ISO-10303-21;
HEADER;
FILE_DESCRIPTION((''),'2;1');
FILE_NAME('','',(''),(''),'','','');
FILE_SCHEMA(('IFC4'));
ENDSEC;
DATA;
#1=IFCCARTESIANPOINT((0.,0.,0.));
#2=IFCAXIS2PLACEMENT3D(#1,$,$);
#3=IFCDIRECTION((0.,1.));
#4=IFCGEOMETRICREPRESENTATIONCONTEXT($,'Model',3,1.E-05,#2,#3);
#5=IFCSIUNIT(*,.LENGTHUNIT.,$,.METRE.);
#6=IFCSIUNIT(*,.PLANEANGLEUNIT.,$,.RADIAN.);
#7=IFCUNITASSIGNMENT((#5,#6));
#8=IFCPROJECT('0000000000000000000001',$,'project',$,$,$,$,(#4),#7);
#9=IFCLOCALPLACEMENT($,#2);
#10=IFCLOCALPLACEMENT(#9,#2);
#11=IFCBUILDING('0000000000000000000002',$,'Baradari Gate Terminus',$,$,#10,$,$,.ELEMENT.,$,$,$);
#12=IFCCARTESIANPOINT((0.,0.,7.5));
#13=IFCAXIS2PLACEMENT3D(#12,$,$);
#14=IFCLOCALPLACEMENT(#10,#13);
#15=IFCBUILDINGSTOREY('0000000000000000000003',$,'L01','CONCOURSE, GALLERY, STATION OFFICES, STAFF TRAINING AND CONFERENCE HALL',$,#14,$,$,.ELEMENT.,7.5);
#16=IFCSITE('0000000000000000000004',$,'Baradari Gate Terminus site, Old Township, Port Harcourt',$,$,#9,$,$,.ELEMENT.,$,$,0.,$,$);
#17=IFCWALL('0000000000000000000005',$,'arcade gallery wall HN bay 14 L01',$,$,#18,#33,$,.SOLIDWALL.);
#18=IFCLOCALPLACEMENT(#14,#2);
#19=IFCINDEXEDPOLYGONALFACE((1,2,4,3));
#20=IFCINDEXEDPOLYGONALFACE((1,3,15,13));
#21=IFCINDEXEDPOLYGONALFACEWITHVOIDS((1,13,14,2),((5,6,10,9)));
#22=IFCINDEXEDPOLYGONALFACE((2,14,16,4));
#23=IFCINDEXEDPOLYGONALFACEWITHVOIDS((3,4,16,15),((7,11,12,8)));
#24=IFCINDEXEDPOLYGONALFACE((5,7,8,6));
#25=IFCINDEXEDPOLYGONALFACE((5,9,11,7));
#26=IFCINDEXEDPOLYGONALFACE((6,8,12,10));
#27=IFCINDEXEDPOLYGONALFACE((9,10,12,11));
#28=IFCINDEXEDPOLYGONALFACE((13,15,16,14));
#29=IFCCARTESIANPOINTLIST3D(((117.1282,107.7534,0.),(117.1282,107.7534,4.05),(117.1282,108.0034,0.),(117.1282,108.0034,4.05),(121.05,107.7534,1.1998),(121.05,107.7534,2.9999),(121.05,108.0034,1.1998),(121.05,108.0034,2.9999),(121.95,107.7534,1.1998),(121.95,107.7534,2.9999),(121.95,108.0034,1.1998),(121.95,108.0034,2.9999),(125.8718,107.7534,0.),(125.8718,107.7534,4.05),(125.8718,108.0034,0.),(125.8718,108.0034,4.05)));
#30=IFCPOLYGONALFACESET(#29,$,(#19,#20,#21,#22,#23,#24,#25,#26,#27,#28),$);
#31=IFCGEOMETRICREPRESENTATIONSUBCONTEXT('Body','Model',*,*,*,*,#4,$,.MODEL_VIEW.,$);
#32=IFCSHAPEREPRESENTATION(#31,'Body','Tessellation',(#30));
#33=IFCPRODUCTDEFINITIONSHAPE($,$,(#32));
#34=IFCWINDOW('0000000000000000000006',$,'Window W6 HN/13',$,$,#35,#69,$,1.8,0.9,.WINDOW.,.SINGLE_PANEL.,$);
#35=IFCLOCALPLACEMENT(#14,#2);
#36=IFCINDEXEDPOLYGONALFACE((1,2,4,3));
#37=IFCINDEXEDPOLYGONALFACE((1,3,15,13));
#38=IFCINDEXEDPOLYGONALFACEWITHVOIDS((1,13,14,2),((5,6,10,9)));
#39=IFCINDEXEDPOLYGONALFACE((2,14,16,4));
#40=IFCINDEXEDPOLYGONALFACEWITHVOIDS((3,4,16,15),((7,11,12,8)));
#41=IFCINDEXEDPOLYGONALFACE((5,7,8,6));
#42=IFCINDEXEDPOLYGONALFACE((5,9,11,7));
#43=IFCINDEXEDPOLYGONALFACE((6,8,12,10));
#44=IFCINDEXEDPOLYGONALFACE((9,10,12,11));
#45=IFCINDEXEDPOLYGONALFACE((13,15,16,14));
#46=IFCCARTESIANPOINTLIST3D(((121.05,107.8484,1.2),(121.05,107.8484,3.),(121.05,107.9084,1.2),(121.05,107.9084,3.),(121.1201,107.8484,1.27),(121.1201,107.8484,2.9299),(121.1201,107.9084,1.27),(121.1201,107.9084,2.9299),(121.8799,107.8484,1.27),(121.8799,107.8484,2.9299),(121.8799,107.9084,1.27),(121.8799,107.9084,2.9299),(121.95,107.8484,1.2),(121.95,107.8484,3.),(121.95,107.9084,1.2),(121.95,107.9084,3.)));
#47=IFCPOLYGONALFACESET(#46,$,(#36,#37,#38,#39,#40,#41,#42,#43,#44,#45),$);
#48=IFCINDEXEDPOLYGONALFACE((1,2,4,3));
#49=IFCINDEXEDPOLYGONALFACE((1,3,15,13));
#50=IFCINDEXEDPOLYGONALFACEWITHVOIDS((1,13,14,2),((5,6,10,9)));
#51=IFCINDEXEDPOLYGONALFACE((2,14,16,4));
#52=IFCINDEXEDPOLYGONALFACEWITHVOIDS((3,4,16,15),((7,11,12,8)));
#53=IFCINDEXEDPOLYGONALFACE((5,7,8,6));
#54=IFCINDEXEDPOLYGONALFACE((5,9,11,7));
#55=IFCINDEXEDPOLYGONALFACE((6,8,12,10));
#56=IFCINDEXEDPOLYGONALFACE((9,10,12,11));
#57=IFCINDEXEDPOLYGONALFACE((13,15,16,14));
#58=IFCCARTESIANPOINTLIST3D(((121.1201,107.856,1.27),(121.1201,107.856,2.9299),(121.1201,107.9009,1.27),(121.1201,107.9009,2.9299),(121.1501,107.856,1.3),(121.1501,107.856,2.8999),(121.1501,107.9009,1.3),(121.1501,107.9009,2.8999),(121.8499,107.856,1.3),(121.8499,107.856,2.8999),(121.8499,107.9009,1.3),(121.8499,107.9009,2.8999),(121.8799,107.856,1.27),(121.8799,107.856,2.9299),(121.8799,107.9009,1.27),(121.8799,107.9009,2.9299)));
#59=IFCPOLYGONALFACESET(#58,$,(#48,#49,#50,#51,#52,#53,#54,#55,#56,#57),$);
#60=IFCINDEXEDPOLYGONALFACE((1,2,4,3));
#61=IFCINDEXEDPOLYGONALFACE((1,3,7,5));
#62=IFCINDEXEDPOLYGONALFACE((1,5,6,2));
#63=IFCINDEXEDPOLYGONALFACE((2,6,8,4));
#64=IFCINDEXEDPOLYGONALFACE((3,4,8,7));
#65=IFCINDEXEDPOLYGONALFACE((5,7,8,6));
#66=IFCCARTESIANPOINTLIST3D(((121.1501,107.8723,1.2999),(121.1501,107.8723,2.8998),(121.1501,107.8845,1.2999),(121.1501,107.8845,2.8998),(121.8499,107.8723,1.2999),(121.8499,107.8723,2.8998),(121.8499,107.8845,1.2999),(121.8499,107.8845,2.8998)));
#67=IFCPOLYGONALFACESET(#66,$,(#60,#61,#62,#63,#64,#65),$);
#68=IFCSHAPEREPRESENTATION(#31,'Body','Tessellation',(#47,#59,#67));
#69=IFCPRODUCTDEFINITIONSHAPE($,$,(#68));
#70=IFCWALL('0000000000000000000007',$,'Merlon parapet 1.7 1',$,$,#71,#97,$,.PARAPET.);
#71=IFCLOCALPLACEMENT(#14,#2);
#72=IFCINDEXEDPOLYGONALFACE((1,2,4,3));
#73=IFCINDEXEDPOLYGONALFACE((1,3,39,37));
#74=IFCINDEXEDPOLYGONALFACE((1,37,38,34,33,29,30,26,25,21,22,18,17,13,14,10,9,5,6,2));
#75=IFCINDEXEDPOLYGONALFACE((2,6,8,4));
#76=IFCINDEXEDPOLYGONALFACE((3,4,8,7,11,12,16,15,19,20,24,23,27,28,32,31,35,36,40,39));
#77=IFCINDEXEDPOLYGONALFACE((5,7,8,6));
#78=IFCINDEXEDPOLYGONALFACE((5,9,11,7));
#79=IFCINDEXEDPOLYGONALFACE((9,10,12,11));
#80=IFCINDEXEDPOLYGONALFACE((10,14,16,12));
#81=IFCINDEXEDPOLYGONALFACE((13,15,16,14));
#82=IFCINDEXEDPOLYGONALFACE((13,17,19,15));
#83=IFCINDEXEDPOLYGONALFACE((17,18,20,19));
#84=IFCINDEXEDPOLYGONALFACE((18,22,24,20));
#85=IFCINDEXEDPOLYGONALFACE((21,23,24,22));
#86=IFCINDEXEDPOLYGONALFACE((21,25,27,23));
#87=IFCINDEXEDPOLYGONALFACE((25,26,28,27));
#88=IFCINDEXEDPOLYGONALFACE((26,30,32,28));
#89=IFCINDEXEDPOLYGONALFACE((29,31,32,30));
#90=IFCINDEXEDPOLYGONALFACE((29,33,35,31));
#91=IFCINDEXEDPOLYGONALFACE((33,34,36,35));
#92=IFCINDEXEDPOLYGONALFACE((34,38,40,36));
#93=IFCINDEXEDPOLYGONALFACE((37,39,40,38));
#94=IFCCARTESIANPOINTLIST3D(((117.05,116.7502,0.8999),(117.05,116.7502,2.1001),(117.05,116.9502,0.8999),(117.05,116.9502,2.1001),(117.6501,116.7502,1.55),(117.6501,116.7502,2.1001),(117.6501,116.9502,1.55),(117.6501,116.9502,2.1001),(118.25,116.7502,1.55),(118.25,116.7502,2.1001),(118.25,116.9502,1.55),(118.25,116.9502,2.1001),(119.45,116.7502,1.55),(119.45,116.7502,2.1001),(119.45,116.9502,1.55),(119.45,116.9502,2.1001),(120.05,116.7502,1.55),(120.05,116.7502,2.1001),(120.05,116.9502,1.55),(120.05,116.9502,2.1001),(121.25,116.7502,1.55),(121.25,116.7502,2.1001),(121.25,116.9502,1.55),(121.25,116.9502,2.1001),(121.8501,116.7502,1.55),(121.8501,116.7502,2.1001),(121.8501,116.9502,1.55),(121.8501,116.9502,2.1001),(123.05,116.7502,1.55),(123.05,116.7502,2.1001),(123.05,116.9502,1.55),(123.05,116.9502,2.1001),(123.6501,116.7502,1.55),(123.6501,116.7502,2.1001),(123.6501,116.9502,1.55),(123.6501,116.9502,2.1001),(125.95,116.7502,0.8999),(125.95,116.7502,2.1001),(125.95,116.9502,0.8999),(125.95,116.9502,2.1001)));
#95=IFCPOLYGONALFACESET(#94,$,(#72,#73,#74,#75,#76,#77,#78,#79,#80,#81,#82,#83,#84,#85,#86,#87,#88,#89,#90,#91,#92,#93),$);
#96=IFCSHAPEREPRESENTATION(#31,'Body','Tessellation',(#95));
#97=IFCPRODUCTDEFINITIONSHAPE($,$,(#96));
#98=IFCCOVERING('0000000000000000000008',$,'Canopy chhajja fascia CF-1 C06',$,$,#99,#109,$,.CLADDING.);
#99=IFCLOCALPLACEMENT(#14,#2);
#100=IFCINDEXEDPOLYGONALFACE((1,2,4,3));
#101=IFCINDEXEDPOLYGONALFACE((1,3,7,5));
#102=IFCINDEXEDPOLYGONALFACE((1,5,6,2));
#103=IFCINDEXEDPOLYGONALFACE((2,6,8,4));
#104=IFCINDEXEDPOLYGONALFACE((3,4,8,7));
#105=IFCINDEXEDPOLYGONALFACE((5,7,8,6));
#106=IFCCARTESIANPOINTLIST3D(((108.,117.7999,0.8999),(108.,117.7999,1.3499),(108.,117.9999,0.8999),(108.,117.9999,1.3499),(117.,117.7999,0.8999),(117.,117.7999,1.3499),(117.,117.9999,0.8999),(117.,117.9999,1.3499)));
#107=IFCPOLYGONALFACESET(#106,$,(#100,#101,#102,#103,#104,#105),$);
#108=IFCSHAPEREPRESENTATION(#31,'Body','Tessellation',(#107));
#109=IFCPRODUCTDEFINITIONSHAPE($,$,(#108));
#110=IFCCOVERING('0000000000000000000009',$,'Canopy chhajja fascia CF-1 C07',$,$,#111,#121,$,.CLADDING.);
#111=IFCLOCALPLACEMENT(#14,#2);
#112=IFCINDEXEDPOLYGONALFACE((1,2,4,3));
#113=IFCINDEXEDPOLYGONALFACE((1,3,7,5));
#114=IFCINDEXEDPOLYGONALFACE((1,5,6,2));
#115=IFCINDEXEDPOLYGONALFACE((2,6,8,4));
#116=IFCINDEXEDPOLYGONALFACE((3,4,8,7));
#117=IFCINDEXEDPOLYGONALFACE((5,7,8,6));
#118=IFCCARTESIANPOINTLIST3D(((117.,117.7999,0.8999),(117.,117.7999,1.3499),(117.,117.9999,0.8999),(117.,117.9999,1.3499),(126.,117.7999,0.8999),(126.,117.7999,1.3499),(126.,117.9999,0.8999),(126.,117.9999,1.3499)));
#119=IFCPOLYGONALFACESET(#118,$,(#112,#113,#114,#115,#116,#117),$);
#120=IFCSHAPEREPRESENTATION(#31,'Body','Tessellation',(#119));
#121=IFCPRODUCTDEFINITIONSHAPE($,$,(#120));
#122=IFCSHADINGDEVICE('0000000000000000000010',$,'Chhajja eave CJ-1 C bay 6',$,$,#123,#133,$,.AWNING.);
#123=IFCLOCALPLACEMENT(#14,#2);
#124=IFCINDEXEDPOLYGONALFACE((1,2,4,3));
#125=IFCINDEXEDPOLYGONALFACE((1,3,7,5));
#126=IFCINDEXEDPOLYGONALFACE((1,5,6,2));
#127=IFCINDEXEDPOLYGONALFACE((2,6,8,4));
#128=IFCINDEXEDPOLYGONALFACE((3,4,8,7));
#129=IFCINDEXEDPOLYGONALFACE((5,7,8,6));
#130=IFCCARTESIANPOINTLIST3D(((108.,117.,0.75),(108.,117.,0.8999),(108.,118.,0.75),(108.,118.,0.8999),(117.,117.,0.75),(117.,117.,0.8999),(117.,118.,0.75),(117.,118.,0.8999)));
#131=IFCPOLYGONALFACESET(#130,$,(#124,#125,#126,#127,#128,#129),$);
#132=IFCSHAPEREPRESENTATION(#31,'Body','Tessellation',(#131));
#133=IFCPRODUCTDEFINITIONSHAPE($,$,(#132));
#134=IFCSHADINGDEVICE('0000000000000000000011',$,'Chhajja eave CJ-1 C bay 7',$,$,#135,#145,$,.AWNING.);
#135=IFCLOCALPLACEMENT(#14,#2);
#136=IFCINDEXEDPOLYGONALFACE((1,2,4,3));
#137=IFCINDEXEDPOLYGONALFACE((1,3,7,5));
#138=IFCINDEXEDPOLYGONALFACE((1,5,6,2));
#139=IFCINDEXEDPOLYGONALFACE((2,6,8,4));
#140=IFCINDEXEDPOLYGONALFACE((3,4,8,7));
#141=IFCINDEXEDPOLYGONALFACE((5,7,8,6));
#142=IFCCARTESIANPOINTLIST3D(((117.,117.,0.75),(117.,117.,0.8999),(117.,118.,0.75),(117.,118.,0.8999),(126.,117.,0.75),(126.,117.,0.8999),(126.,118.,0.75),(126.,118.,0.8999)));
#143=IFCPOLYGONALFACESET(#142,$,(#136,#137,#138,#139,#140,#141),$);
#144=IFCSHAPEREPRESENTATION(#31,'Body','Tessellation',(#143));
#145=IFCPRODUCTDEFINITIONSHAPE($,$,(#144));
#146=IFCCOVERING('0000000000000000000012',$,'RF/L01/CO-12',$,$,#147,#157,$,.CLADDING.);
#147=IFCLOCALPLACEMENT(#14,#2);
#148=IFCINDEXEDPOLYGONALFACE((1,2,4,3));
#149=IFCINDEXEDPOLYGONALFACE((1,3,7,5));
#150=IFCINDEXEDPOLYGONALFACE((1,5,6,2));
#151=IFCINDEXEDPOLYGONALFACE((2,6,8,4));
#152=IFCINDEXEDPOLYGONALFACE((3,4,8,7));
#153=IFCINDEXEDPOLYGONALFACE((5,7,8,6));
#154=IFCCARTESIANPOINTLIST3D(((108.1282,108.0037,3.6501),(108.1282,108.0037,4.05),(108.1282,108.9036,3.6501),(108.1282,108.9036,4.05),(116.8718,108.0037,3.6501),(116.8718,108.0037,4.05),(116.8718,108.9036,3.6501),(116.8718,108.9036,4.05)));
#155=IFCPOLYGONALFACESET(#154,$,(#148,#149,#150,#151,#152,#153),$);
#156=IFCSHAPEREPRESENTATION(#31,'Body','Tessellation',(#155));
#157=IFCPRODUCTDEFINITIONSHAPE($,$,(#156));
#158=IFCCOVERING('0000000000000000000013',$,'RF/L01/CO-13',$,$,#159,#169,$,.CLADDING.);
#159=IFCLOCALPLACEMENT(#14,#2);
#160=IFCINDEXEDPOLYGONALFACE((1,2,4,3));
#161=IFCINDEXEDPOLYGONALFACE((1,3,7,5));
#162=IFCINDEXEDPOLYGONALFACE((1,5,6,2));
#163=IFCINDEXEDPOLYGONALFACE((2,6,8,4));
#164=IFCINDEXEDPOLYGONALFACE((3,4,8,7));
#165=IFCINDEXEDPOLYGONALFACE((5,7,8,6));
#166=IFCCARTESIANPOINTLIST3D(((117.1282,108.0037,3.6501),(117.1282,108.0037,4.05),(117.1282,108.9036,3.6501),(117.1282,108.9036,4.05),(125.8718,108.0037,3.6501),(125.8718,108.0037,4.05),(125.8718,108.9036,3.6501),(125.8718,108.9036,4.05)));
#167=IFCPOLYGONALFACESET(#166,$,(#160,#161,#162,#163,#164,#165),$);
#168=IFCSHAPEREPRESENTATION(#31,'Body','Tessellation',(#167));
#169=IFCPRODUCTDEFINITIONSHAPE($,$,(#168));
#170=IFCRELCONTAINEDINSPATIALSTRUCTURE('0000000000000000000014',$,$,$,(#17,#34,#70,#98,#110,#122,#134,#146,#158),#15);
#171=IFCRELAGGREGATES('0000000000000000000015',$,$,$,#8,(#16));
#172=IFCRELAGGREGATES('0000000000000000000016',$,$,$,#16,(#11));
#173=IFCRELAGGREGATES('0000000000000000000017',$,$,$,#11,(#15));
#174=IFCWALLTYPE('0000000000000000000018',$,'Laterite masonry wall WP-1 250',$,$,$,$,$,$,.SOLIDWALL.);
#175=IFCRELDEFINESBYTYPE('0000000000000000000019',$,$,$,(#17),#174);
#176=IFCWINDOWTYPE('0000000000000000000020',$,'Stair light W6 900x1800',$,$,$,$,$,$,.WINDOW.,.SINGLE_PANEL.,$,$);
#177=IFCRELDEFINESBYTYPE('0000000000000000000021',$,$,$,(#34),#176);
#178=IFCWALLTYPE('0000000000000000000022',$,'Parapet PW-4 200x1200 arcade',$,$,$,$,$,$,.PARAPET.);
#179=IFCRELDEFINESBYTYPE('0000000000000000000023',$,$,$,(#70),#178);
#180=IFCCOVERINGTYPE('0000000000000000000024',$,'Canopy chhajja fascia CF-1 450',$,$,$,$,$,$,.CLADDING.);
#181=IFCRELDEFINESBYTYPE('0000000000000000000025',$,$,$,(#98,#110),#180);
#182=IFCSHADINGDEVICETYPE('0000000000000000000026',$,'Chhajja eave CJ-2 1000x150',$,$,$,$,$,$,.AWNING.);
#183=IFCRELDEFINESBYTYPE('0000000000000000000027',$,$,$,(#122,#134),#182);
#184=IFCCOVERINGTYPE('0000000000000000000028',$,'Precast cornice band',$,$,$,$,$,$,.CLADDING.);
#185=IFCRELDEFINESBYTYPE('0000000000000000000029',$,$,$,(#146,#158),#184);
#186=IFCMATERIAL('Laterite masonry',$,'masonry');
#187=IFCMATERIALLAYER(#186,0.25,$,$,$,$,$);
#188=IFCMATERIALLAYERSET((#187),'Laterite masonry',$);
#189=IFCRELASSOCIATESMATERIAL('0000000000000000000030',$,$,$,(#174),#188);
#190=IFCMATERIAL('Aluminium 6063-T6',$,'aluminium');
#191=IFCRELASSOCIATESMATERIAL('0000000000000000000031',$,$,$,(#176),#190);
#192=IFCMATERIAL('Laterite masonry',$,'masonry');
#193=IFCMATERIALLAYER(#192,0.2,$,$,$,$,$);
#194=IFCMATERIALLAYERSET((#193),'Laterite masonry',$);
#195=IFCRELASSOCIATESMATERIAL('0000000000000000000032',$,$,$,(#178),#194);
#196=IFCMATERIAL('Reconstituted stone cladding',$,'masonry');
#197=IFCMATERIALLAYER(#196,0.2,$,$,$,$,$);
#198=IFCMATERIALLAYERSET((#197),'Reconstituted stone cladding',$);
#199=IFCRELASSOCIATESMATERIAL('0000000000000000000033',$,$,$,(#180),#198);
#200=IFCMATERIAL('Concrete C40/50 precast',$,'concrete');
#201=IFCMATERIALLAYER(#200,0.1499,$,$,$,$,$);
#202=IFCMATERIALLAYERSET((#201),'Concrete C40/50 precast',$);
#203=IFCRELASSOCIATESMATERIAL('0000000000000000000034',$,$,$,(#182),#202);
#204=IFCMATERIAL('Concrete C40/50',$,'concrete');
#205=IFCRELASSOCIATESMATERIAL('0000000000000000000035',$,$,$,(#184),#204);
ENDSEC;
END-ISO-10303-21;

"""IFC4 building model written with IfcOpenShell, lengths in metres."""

from ifc_helpers import new_model, si_unit, direction, frame, frame_2d, origin, origin_2d, place, context, subcontext, project, spatial, polyline, rectangle, outline, extrude, material, layer, layer_set, type_object, element, fill, save


model = new_model("IFC4")

# Units and contexts
model_context = context("Model", 3, precision=1e-05, world=origin(), true_north=direction((0.0, 1.0)))
body_context = subcontext(model_context, "Body", "Model", "MODEL_VIEW")
ifc_project = project(units=[si_unit("LENGTHUNIT", "METRE"), si_unit("PLANEANGLEUNIT", "RADIAN")], contexts=[model_context])

# Site, building, storey
site_placement = place(None, origin())
site = spatial("IfcSite", under=ifc_project, at=site_placement, Name="Baradari Gate Terminus site, Old Township, Port Harcourt", CompositionType="ELEMENT", RefElevation=0.0)
building_placement = place(site_placement, origin())
building = spatial("IfcBuilding", under=site, at=building_placement, Name="Baradari Gate Terminus", CompositionType="ELEMENT")
storey_placement = place(building_placement, frame((0.0, 0.0, 7.5)))
storey = spatial("IfcBuildingStorey", under=building, at=storey_placement, Name="L01", Description="CONCOURSE, GALLERY, STATION OFFICES, STAFF TRAINING AND CONFERENCE HALL", CompositionType="ELEMENT", Elevation=7.5)

# Wall, opening, window
ifc_material_1 = material(Name="Laterite masonry", Category="masonry")
ifc_layer_1 = layer(ifc_material_1, 0.25)
ifc_layer_set_1 = layer_set([ifc_layer_1], Name="Laterite masonry")
wall_type_1 = type_object("IfcWallType", Name="Laterite masonry wall WP-1 250", PredefinedType="SOLIDWALL", material=ifc_layer_set_1)
wall_1_placement = place(storey_placement, frame((117.1282, 107.8784, 0.0), z_axis=(0.0, 0.0, 1.0), x_axis=(1.0, 0.0, 0.0)))
wall_1 = element("IfcWall", 1, at=wall_1_placement, inside=storey, type_object=wall_type_1, Name="arcade gallery wall HN bay 14 L01", PredefinedType="SOLIDWALL", context=body_context, shape_type="SweptSolid", body=[
    extrude(rectangle(XDim=8.7437, YDim=0.25, at=frame_2d((4.3718, 0.0))), origin(), (0.0, 0.0, 1.0), 4.05),
])
opening_placement = place(wall_1_placement, frame((3.9219, 0.0, 1.2)))
opening = element("IfcOpeningElement", 2, at=opening_placement, cuts=wall_1, PredefinedType="OPENING", context=body_context, shape_type="SweptSolid", body=[
    extrude(rectangle(XDim=0.8999, YDim=1.8, at=frame_2d((0.45, 0.8999))), frame((0.0, 0.135, 0.0), z_axis=(0.0, -1.0, 0.0), x_axis=(1.0, 0.0, 0.0)), (0.0, 0.0, 1.0), 0.27),
])
ifc_material_2 = material(Name="Aluminium 6063-T6", Category="aluminium")
window_type = type_object("IfcWindowType", Name="Stair light W6 900x1800", PartitioningType="SINGLE_PANEL", PredefinedType="WINDOW", material=ifc_material_2)
window_placement = place(opening_placement, origin())
window = element("IfcWindow", 3, at=window_placement, inside=storey, type_object=window_type, Name="Window W6 HN/13", OverallHeight=1.8, OverallWidth=0.9, PartitioningType="SINGLE_PANEL", PredefinedType="WINDOW", context=body_context, shape_type="SweptSolid", body=[
    extrude(outline(polyline([(0.0, 0.0), (0.8999, 0.0), (0.8999, 1.8), (0.0, 1.8), (0.0, 0.0)]), holes=[polyline([(0.0701, 0.0701), (0.8298, 0.0701), (0.8298, 1.73), (0.0701, 1.73), (0.0701, 0.0701)])]), frame((0.0, 0.03, 0.0), z_axis=(0.0, -1.0, 0.0), x_axis=(1.0, 0.0, 0.0)), (0.0, 0.0, 1.0), 0.0601),
    extrude(outline(polyline([(0.0701, 0.0701), (0.8298, 0.0701), (0.8298, 1.73), (0.0701, 1.73), (0.0701, 0.0701)]), holes=[polyline([(0.1001, 0.1001), (0.7998, 0.1001), (0.7998, 1.7), (0.1001, 1.7), (0.1001, 0.1001)])]), frame((0.0, 0.0225, 0.0), z_axis=(0.0, -1.0, 0.0), x_axis=(1.0, 0.0, 0.0)), (0.0, 0.0, 1.0), 0.0449),
    extrude(rectangle(XDim=0.6997, YDim=1.5999, at=frame_2d((0.45, 0.8999))), frame((0.0, 0.0061, 0.0), z_axis=(0.0, -1.0, 0.0), x_axis=(1.0, 0.0, 0.0)), (0.0, 0.0, 1.0), 0.0122),
])
fill(opening, window)

# Wall
ifc_material_3 = material(Name="Laterite masonry", Category="masonry")
ifc_layer_2 = layer(ifc_material_3, 0.2)
ifc_layer_set_2 = layer_set([ifc_layer_2], Name="Laterite masonry")
wall_type_2 = type_object("IfcWallType", Name="Parapet PW-4 200x1200 arcade", PredefinedType="PARAPET", material=ifc_layer_set_2)
wall_2_placement = place(storey_placement, frame((117.05, 116.8501, 0.8999), z_axis=(0.0, 0.0, 1.0), x_axis=(1.0, 0.0, 0.0)))
element("IfcWall", 4, at=wall_2_placement, inside=storey, type_object=wall_type_2, Name="Merlon parapet 1.7 1", PredefinedType="PARAPET", context=body_context, shape_type="SweptSolid", body=[
    extrude(outline(polyline([(6.6001, 1.2002), (6.6001, 0.6501), (6.0, 0.6501), (6.0, 1.2002), (4.8, 1.2002), (4.8, 0.6501), (4.2, 0.6501), (4.2, 1.2002), (3.0, 1.2002), (3.0, 0.6501), (2.3999, 0.6501), (2.3999, 1.2002), (1.2, 1.2002), (1.2, 0.6501), (0.6001, 0.6501), (0.6001, 1.2002), (0.0, 1.2002), (0.0, 0.0), (8.8999, 0.0), (8.8999, 1.2002), (6.6001, 1.2002)])), frame((0.0, 0.1001, 0.0), z_axis=(0.0, -1.0, 0.0), x_axis=(1.0, 0.0, 0.0)), (0.0, 0.0, 1.0), 0.2),
])

# Coverings
ifc_material_4 = material(Name="Reconstituted stone cladding", Category="masonry")
ifc_layer_3 = layer(ifc_material_4, 0.2)
ifc_layer_set_3 = layer_set([ifc_layer_3], Name="Reconstituted stone cladding")
covering_type_1 = type_object("IfcCoveringType", Name="Canopy chhajja fascia CF-1 450", PredefinedType="CLADDING", material=ifc_layer_set_3)
for number, where, z_axis, x_axis, name in (
    (5, (112.5, 117.8999, 0.8999), (0.0, 0.0, 1.0), (1.0, 0.0, 0.0), "Canopy chhajja fascia CF-1 C06"),
    (6, (121.5, 117.8999, 0.8999), (0.0, 0.0, 1.0), (1.0, 0.0, 0.0), "Canopy chhajja fascia CF-1 C07"),
):
    element("IfcCovering", number, at=place(storey_placement, frame(where, z_axis=z_axis, x_axis=x_axis)), inside=storey, type_object=covering_type_1, Name=name, PredefinedType="CLADDING", context=body_context, shape_type="SweptSolid", body=[
        extrude(rectangle(XDim=9.0, YDim=0.2, at=origin_2d()), origin(), (0.0, 0.0, 1.0), 0.45),
    ])

# Shading devices
ifc_material_5 = material(Name="Concrete C40/50 precast", Category="concrete")
ifc_layer_4 = layer(ifc_material_5, 0.1499)
ifc_layer_set_4 = layer_set([ifc_layer_4], Name="Concrete C40/50 precast")
shading_device_type = type_object("IfcShadingDeviceType", Name="Chhajja eave CJ-2 1000x150", PredefinedType="AWNING", material=ifc_layer_set_4)
for number, where, z_axis, x_axis, name in (
    (7, (112.5, 117.5, 0.75), (0.0, 0.0, 1.0), (1.0, 0.0, 0.0), "Chhajja eave CJ-1 C bay 6"),
    (8, (121.5, 117.5, 0.75), (0.0, 0.0, 1.0), (1.0, 0.0, 0.0), "Chhajja eave CJ-1 C bay 7"),
):
    element("IfcShadingDevice", number, at=place(storey_placement, frame(where, z_axis=z_axis, x_axis=x_axis)), inside=storey, type_object=shading_device_type, Name=name, PredefinedType="AWNING", context=body_context, shape_type="SweptSolid", body=[
        extrude(rectangle(XDim=9.0, YDim=1.0, at=origin_2d()), origin(), (0.0, 0.0, 1.0), 0.1499),
    ])

# Coverings
ifc_material_6 = material(Name="Concrete C40/50", Category="concrete")
covering_type_2 = type_object("IfcCoveringType", Name="Precast cornice band", PredefinedType="CLADDING", material=ifc_material_6)
for number, where, z_axis, x_axis, name in (
    (9, (112.5, 108.4536, 3.6501), (0.0, 0.0, 1.0), (1.0, 0.0, 0.0), "RF/L01/CO-12"),
    (10, (121.5, 108.4536, 3.6501), (0.0, 0.0, 1.0), (1.0, 0.0, 0.0), "RF/L01/CO-13"),
):
    element("IfcCovering", number, at=place(storey_placement, frame(where, z_axis=z_axis, x_axis=x_axis)), inside=storey, type_object=covering_type_2, Name=name, PredefinedType="CLADDING", context=body_context, shape_type="SweptSolid", body=[
        extrude(rectangle(XDim=8.7437, YDim=0.8999, at=origin_2d()), origin(), (0.0, 0.0, 1.0), 0.3999),
    ])

save(model, "model.ifc")
